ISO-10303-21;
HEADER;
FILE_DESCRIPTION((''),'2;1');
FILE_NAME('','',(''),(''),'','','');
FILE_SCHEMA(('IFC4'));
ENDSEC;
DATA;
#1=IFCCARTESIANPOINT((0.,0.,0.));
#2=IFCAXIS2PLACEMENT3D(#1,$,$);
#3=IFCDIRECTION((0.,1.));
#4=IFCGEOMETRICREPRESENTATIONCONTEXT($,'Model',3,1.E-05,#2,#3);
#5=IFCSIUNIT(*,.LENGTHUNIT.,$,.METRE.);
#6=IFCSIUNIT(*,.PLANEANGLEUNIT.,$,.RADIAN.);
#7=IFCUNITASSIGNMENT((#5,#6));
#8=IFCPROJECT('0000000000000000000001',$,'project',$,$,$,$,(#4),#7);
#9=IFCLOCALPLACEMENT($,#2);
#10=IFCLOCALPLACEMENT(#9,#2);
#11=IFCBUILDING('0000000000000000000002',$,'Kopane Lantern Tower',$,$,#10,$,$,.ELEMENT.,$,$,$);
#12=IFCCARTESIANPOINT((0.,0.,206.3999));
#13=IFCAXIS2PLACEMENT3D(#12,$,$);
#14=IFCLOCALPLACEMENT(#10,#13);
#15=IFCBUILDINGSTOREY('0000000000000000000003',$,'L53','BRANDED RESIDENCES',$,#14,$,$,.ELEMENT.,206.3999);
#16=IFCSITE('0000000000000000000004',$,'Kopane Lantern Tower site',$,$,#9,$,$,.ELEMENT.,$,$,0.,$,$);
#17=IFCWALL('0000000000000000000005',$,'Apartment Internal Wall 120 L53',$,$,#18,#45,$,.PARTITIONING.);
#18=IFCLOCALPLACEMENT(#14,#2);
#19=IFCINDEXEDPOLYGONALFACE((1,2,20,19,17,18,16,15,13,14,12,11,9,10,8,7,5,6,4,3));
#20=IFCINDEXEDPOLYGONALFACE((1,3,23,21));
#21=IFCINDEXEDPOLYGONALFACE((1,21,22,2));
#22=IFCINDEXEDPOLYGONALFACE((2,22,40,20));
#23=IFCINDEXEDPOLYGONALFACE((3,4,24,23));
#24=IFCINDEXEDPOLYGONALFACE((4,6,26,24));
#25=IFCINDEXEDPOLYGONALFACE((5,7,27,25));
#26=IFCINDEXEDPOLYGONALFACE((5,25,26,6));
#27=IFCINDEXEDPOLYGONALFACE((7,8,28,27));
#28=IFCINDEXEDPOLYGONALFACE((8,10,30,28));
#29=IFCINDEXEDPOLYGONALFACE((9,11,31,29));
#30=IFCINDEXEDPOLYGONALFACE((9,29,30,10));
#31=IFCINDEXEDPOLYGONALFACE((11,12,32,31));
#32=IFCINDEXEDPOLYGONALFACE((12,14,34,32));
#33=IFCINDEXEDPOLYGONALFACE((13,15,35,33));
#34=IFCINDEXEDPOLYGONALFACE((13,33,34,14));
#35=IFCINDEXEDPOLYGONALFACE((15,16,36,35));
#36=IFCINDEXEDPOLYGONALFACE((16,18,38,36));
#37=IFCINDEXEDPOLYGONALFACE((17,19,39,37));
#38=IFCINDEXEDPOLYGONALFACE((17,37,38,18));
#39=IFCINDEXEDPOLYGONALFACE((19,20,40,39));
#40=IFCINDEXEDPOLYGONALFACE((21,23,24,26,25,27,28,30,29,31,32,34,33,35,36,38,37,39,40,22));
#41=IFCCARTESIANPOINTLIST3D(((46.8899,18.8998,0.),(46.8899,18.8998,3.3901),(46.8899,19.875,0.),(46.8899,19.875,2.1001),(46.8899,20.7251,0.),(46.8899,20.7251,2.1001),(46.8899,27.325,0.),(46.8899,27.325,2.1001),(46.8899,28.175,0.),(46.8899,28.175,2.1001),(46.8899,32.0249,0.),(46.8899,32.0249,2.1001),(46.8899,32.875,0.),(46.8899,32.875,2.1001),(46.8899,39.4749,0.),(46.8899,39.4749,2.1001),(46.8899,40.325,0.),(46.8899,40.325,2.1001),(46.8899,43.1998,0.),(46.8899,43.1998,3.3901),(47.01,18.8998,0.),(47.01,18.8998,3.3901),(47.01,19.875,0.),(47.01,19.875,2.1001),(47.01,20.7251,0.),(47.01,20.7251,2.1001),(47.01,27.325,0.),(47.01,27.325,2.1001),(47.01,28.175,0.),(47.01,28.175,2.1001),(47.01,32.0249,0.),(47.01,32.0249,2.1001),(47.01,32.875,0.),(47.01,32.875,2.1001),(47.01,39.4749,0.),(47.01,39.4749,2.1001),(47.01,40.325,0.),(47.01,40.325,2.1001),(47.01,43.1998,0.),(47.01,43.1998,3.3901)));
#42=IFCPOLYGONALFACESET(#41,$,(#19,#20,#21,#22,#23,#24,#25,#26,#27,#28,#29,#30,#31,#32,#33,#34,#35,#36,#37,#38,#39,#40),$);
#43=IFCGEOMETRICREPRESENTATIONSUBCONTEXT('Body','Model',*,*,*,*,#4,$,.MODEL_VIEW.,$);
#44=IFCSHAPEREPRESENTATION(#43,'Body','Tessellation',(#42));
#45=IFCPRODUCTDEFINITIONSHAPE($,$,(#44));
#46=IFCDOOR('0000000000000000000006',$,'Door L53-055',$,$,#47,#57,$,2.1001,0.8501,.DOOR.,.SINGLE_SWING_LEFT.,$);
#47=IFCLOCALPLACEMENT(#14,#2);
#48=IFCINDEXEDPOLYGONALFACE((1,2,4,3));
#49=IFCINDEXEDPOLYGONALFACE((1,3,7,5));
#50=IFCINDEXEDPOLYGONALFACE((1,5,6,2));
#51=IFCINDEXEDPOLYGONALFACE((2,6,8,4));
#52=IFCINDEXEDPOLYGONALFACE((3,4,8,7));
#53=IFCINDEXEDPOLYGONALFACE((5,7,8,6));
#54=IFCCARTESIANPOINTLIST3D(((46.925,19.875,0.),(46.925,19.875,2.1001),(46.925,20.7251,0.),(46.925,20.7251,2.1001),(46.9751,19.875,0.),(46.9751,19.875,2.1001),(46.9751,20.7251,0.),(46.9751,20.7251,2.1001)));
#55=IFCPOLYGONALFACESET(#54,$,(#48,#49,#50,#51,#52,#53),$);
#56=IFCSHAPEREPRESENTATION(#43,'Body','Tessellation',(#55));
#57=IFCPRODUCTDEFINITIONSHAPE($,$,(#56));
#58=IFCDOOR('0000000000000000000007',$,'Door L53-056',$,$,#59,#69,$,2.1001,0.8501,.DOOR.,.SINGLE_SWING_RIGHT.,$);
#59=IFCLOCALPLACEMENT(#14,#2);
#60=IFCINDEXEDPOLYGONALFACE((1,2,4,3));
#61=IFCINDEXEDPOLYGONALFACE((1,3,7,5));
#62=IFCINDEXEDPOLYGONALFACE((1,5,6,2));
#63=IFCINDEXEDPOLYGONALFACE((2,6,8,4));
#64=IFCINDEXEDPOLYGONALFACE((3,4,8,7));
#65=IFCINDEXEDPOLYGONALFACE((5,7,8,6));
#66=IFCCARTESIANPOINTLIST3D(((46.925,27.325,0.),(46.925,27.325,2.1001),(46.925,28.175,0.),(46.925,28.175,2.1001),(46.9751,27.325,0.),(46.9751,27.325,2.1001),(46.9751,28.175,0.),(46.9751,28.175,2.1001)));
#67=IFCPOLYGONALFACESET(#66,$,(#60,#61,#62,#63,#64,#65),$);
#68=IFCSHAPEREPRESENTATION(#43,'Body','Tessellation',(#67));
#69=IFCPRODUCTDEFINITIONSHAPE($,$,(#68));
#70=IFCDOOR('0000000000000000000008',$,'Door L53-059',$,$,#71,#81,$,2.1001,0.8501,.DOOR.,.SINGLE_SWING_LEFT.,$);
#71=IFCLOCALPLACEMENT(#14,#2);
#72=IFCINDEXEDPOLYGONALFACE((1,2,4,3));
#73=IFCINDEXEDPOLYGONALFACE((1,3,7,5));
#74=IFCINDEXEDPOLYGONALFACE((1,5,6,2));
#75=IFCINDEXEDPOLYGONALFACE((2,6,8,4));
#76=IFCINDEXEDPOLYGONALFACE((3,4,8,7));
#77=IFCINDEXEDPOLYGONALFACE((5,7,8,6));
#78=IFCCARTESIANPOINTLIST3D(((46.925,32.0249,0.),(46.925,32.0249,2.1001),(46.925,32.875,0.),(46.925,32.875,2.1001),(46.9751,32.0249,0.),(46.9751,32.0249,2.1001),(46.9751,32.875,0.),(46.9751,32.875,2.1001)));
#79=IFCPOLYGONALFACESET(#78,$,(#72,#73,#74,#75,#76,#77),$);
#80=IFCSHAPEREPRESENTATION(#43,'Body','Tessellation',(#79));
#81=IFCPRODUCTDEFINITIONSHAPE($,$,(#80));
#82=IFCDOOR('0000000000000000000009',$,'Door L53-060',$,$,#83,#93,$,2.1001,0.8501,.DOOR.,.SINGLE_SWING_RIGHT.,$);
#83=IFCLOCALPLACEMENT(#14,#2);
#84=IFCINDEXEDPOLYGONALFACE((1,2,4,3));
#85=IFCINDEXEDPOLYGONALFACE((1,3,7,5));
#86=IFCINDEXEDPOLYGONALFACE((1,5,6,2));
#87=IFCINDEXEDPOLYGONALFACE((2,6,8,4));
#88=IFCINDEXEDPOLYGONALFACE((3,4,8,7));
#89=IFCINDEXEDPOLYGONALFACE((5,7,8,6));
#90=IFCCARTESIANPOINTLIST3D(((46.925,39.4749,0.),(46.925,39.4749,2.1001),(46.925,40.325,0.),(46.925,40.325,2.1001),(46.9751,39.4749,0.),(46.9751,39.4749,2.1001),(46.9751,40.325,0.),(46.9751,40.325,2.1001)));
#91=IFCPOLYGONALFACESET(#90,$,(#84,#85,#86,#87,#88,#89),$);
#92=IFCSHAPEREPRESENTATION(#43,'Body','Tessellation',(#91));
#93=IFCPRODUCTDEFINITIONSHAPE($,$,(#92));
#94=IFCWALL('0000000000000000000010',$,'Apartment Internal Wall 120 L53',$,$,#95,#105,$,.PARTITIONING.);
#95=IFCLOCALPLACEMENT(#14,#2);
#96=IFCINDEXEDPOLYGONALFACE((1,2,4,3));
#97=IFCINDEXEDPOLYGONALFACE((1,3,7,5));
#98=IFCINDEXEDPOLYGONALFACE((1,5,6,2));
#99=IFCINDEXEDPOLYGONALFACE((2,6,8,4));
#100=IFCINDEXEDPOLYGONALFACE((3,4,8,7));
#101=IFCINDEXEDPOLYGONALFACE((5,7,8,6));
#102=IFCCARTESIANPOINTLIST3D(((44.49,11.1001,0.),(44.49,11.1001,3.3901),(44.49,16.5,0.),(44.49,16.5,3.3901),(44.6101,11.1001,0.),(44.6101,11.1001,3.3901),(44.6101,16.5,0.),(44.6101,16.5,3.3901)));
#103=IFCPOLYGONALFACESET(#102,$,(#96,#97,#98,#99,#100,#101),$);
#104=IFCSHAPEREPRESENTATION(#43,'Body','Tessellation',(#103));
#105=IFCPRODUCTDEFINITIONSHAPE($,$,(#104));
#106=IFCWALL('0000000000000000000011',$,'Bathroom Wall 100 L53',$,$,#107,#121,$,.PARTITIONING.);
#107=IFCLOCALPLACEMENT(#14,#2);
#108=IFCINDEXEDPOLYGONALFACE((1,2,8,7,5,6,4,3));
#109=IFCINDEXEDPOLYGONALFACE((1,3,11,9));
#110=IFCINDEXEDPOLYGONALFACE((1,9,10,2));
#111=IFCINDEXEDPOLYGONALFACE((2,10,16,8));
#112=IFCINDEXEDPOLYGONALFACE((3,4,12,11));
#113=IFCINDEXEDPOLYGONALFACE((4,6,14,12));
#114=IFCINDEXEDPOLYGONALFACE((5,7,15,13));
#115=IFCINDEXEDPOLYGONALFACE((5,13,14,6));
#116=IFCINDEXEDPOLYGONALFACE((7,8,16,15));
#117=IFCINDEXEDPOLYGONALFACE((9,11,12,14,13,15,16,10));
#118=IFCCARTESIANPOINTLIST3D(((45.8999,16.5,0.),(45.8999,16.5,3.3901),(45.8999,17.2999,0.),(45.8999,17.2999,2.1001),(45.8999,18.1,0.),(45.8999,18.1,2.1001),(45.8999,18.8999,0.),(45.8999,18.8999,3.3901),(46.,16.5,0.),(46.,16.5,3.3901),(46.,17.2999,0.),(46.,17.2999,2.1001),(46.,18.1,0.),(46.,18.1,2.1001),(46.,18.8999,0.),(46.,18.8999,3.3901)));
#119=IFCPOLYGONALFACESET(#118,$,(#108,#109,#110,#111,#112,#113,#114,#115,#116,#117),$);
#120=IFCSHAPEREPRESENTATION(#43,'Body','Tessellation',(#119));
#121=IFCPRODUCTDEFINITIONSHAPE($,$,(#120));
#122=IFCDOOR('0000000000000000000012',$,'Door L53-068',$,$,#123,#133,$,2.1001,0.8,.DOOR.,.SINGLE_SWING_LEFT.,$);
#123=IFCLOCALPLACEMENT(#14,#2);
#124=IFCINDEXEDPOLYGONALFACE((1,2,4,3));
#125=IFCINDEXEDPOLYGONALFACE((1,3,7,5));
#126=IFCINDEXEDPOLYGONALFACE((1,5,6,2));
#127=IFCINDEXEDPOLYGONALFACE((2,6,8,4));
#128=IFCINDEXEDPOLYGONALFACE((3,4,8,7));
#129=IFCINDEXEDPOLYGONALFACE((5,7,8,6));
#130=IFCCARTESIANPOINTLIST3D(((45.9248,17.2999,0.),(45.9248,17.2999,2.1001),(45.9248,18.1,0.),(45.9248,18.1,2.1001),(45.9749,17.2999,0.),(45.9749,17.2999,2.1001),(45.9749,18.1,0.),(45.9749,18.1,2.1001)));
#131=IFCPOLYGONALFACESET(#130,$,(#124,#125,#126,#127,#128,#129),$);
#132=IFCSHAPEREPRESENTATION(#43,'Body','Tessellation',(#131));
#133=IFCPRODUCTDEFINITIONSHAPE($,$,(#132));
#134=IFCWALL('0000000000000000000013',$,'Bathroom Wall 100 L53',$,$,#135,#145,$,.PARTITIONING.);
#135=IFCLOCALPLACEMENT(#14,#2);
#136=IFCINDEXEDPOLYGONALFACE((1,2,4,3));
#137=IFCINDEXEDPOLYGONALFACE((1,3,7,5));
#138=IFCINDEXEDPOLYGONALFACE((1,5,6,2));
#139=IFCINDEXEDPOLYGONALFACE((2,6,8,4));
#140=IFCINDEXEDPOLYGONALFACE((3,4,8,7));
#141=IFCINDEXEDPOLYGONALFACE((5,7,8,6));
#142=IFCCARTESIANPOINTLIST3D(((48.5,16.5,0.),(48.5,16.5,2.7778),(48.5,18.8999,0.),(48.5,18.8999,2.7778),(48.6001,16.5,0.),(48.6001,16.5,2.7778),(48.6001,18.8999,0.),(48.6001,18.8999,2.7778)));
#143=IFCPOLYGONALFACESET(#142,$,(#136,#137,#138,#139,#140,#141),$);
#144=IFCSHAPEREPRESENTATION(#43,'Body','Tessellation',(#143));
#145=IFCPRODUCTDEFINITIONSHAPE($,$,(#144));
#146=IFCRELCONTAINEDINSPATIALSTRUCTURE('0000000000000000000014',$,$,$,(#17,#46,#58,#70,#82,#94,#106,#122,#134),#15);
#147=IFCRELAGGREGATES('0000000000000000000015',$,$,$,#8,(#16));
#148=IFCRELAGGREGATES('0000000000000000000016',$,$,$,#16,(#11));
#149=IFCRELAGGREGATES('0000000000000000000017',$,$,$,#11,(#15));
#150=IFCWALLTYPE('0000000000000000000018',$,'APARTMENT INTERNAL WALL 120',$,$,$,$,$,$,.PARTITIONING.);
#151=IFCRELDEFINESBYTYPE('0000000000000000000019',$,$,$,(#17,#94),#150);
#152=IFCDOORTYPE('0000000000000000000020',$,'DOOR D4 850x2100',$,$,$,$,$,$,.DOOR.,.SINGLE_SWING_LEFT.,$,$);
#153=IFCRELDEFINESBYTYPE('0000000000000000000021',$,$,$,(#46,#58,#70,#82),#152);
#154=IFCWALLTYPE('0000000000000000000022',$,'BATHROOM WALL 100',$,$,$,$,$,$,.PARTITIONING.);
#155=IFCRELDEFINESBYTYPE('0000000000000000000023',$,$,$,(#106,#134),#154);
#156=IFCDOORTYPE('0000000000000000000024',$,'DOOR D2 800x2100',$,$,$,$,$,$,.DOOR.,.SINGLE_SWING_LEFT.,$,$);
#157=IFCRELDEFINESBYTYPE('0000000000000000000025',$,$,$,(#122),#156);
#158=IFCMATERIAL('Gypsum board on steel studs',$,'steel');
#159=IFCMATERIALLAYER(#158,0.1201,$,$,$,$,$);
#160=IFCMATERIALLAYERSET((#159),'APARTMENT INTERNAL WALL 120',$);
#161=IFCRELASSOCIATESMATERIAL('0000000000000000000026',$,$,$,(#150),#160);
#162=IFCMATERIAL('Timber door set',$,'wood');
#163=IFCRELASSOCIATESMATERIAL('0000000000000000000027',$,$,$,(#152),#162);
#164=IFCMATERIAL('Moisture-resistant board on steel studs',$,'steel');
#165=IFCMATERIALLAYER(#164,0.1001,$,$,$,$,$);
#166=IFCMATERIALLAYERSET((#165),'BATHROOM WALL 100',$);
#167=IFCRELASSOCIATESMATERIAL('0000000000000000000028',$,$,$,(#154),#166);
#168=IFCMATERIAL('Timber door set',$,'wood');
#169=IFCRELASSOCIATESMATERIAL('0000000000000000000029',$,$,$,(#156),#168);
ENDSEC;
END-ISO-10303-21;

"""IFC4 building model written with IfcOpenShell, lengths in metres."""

from ifc_helpers import new_model, si_unit, direction, frame, frame_2d, origin, place, context, subcontext, project, spatial, rectangle, extrude, material, layer, layer_set, type_object, element, fill, save


model = new_model("IFC4")

# Units and contexts
model_context = context("Model", 3, precision=1e-05, world=origin(), true_north=direction((0.0, 1.0)))
body_context = subcontext(model_context, "Body", "Model", "MODEL_VIEW")
ifc_project = project(units=[si_unit("LENGTHUNIT", "METRE"), si_unit("PLANEANGLEUNIT", "RADIAN")], contexts=[model_context])

# Site, building, storey
site_placement = place(None, origin())
site = spatial("IfcSite", under=ifc_project, at=site_placement, Name="Kopane Lantern Tower site", CompositionType="ELEMENT", RefElevation=0.0)
building_placement = place(site_placement, origin())
building = spatial("IfcBuilding", under=site, at=building_placement, Name="Kopane Lantern Tower", CompositionType="ELEMENT")
storey_placement = place(building_placement, frame((0.0, 0.0, 206.3999)))
storey = spatial("IfcBuildingStorey", under=building, at=storey_placement, Name="L53", Description="BRANDED RESIDENCES", CompositionType="ELEMENT", Elevation=206.3999)

# Wall, openings, doors
ifc_material_1 = material(Name="Gypsum board on steel studs", Category="steel")
ifc_layer_1 = layer(ifc_material_1, 0.1201)
ifc_layer_set_1 = layer_set([ifc_layer_1], Name="APARTMENT INTERNAL WALL 120")
wall_type_1 = type_object("IfcWallType", Name="APARTMENT INTERNAL WALL 120", PredefinedType="PARTITIONING", material=ifc_layer_set_1)
wall_1_placement = place(storey_placement, frame((46.95, 18.8999, 0.0), z_axis=(0.0, 0.0, 1.0), x_axis=(0.0, 1.0, 0.0)))
wall_1 = element("IfcWall", 1, at=wall_1_placement, inside=storey, type_object=wall_type_1, Name="Apartment Internal Wall 120 L53", PredefinedType="PARTITIONING", context=body_context, shape_type="SweptSolid", body=[
    extrude(rectangle(XDim=24.3, YDim=0.1201, at=frame_2d((12.1499, 0.0))), origin(), (0.0, 0.0, 1.0), 3.3901),
])
opening_1_placement = place(wall_1_placement, frame((0.9751, 0.0, 0.0)))
opening_1 = element("IfcOpeningElement", 2, at=opening_1_placement, cuts=wall_1, PredefinedType="OPENING", context=body_context, shape_type="SweptSolid", body=[
    extrude(rectangle(XDim=0.8501, YDim=2.1001, at=frame_2d((0.425, 1.05))), frame((0.0, 0.0701, 0.0), z_axis=(0.0, -1.0, 0.0), x_axis=(1.0, 0.0, 0.0)), (0.0, 0.0, 1.0), 0.1401),
])
opening_2_placement = place(wall_1_placement, frame((8.425, 0.0, 0.0)))
opening_2 = element("IfcOpeningElement", 3, at=opening_2_placement, cuts=wall_1, PredefinedType="OPENING", context=body_context, shape_type="SweptSolid", body=[
    extrude(rectangle(XDim=0.8501, YDim=2.1001, at=frame_2d((0.425, 1.05))), frame((0.0, 0.0701, 0.0), z_axis=(0.0, -1.0, 0.0), x_axis=(1.0, 0.0, 0.0)), (0.0, 0.0, 1.0), 0.1401),
])
opening_3_placement = place(wall_1_placement, frame((13.125, 0.0, 0.0)))
opening_3 = element("IfcOpeningElement", 4, at=opening_3_placement, cuts=wall_1, PredefinedType="OPENING", context=body_context, shape_type="SweptSolid", body=[
    extrude(rectangle(XDim=0.8501, YDim=2.1001, at=frame_2d((0.425, 1.05))), frame((0.0, 0.0701, 0.0), z_axis=(0.0, -1.0, 0.0), x_axis=(1.0, 0.0, 0.0)), (0.0, 0.0, 1.0), 0.1401),
])
opening_4_placement = place(wall_1_placement, frame((20.575, 0.0, 0.0)))
opening_4 = element("IfcOpeningElement", 5, at=opening_4_placement, cuts=wall_1, PredefinedType="OPENING", context=body_context, shape_type="SweptSolid", body=[
    extrude(rectangle(XDim=0.8501, YDim=2.1001, at=frame_2d((0.425, 1.05))), frame((0.0, 0.0701, 0.0), z_axis=(0.0, -1.0, 0.0), x_axis=(1.0, 0.0, 0.0)), (0.0, 0.0, 1.0), 0.1401),
])
ifc_material_2 = material(Name="Timber door set", Category="wood")
door_type_1 = type_object("IfcDoorType", Name="DOOR D4 850x2100", OperationType="SINGLE_SWING_LEFT", PredefinedType="DOOR", material=ifc_material_2)
door_1_placement = place(opening_1_placement, origin())
door_1 = element("IfcDoor", 6, at=door_1_placement, inside=storey, type_object=door_type_1, Name="Door L53-055", OperationType="SINGLE_SWING_LEFT", OverallHeight=2.1001, OverallWidth=0.8501, PredefinedType="DOOR", context=body_context, shape_type="SweptSolid", body=[
    extrude(rectangle(XDim=0.8501, YDim=2.1001, at=frame_2d((0.425, 1.05))), frame((0.0, 0.0249, 0.0), z_axis=(0.0, -1.0, 0.0), x_axis=(1.0, 0.0, 0.0)), (0.0, 0.0, 1.0), 0.05),
])
fill(opening_1, door_1)
door_2_placement = place(opening_2_placement, origin())
door_2 = element("IfcDoor", 7, at=door_2_placement, inside=storey, type_object=door_type_1, Name="Door L53-056", OperationType="SINGLE_SWING_RIGHT", OverallHeight=2.1001, OverallWidth=0.8501, PredefinedType="DOOR", context=body_context, shape_type="SweptSolid", body=[
    extrude(rectangle(XDim=0.8501, YDim=2.1001, at=frame_2d((0.425, 1.05))), frame((0.0, 0.0249, 0.0), z_axis=(0.0, -1.0, 0.0), x_axis=(1.0, 0.0, 0.0)), (0.0, 0.0, 1.0), 0.05),
])
fill(opening_2, door_2)
door_3_placement = place(opening_3_placement, origin())
door_3 = element("IfcDoor", 8, at=door_3_placement, inside=storey, type_object=door_type_1, Name="Door L53-059", OperationType="SINGLE_SWING_LEFT", OverallHeight=2.1001, OverallWidth=0.8501, PredefinedType="DOOR", context=body_context, shape_type="SweptSolid", body=[
    extrude(rectangle(XDim=0.8501, YDim=2.1001, at=frame_2d((0.425, 1.05))), frame((0.0, 0.0249, 0.0), z_axis=(0.0, -1.0, 0.0), x_axis=(1.0, 0.0, 0.0)), (0.0, 0.0, 1.0), 0.05),
])
fill(opening_3, door_3)
door_4_placement = place(opening_4_placement, origin())
door_4 = element("IfcDoor", 9, at=door_4_placement, inside=storey, type_object=door_type_1, Name="Door L53-060", OperationType="SINGLE_SWING_RIGHT", OverallHeight=2.1001, OverallWidth=0.8501, PredefinedType="DOOR", context=body_context, shape_type="SweptSolid", body=[
    extrude(rectangle(XDim=0.8501, YDim=2.1001, at=frame_2d((0.425, 1.05))), frame((0.0, 0.0249, 0.0), z_axis=(0.0, -1.0, 0.0), x_axis=(1.0, 0.0, 0.0)), (0.0, 0.0, 1.0), 0.05),
])
fill(opening_4, door_4)

# Wall
wall_2_placement = place(storey_placement, frame((44.55, 16.5, 0.0), z_axis=(0.0, 0.0, 1.0), x_axis=(0.0, -1.0, 0.0)))
element("IfcWall", 10, at=wall_2_placement, inside=storey, type_object=wall_type_1, Name="Apartment Internal Wall 120 L53", PredefinedType="PARTITIONING", context=body_context, shape_type="SweptSolid", body=[
    extrude(rectangle(XDim=5.3999, YDim=0.1201, at=frame_2d((2.7, 0.0))), origin(), (0.0, 0.0, 1.0), 3.3901),
])

# Wall, opening, door
ifc_material_3 = material(Name="Moisture-resistant board on steel studs", Category="steel")
ifc_layer_2 = layer(ifc_material_3, 0.1001)
ifc_layer_set_2 = layer_set([ifc_layer_2], Name="BATHROOM WALL 100")
wall_type_2 = type_object("IfcWallType", Name="BATHROOM WALL 100", PredefinedType="PARTITIONING", material=ifc_layer_set_2)
wall_3_placement = place(storey_placement, frame((45.95, 18.8999, 0.0), z_axis=(0.0, 0.0, 1.0), x_axis=(0.0, -1.0, 0.0)))
wall_3 = element("IfcWall", 11, at=wall_3_placement, inside=storey, type_object=wall_type_2, Name="Bathroom Wall 100 L53", PredefinedType="PARTITIONING", context=body_context, shape_type="SweptSolid", body=[
    extrude(rectangle(XDim=2.3999, YDim=0.1001, at=frame_2d((1.2, 0.0))), origin(), (0.0, 0.0, 1.0), 3.3901),
])
opening_5_placement = place(wall_3_placement, frame((0.8, 0.0, 0.0)))
opening_5 = element("IfcOpeningElement", 12, at=opening_5_placement, cuts=wall_3, PredefinedType="OPENING", context=body_context, shape_type="SweptSolid", body=[
    extrude(rectangle(XDim=0.8, YDim=2.1001, at=frame_2d((0.3999, 1.05))), frame((0.0, 0.0601, 0.0), z_axis=(0.0, -1.0, 0.0), x_axis=(1.0, 0.0, 0.0)), (0.0, 0.0, 1.0), 0.1201),
])
ifc_material_4 = material(Name="Timber door set", Category="wood")
door_type_2 = type_object("IfcDoorType", Name="DOOR D2 800x2100", OperationType="SINGLE_SWING_LEFT", PredefinedType="DOOR", material=ifc_material_4)
door_5_placement = place(opening_5_placement, origin())
door_5 = element("IfcDoor", 13, at=door_5_placement, inside=storey, type_object=door_type_2, Name="Door L53-068", OperationType="SINGLE_SWING_LEFT", OverallHeight=2.1001, OverallWidth=0.8, PredefinedType="DOOR", context=body_context, shape_type="SweptSolid", body=[
    extrude(rectangle(XDim=0.8, YDim=2.1001, at=frame_2d((0.3999, 1.05))), frame((0.0, 0.0249, 0.0), z_axis=(0.0, -1.0, 0.0), x_axis=(1.0, 0.0, 0.0)), (0.0, 0.0, 1.0), 0.05),
])
fill(opening_5, door_5)

# Wall
wall_4_placement = place(storey_placement, frame((48.55, 18.8999, 0.0), z_axis=(0.0, 0.0, 1.0), x_axis=(0.0, -1.0, 0.0)))
element("IfcWall", 14, at=wall_4_placement, inside=storey, type_object=wall_type_2, Name="Bathroom Wall 100 L53", PredefinedType="PARTITIONING", context=body_context, shape_type="SweptSolid", body=[
    extrude(rectangle(XDim=2.3999, YDim=0.1001, at=frame_2d((1.2, 0.0))), origin(), (0.0, 0.0, 1.0), 2.7778),
])

save(model, "model.ifc")
